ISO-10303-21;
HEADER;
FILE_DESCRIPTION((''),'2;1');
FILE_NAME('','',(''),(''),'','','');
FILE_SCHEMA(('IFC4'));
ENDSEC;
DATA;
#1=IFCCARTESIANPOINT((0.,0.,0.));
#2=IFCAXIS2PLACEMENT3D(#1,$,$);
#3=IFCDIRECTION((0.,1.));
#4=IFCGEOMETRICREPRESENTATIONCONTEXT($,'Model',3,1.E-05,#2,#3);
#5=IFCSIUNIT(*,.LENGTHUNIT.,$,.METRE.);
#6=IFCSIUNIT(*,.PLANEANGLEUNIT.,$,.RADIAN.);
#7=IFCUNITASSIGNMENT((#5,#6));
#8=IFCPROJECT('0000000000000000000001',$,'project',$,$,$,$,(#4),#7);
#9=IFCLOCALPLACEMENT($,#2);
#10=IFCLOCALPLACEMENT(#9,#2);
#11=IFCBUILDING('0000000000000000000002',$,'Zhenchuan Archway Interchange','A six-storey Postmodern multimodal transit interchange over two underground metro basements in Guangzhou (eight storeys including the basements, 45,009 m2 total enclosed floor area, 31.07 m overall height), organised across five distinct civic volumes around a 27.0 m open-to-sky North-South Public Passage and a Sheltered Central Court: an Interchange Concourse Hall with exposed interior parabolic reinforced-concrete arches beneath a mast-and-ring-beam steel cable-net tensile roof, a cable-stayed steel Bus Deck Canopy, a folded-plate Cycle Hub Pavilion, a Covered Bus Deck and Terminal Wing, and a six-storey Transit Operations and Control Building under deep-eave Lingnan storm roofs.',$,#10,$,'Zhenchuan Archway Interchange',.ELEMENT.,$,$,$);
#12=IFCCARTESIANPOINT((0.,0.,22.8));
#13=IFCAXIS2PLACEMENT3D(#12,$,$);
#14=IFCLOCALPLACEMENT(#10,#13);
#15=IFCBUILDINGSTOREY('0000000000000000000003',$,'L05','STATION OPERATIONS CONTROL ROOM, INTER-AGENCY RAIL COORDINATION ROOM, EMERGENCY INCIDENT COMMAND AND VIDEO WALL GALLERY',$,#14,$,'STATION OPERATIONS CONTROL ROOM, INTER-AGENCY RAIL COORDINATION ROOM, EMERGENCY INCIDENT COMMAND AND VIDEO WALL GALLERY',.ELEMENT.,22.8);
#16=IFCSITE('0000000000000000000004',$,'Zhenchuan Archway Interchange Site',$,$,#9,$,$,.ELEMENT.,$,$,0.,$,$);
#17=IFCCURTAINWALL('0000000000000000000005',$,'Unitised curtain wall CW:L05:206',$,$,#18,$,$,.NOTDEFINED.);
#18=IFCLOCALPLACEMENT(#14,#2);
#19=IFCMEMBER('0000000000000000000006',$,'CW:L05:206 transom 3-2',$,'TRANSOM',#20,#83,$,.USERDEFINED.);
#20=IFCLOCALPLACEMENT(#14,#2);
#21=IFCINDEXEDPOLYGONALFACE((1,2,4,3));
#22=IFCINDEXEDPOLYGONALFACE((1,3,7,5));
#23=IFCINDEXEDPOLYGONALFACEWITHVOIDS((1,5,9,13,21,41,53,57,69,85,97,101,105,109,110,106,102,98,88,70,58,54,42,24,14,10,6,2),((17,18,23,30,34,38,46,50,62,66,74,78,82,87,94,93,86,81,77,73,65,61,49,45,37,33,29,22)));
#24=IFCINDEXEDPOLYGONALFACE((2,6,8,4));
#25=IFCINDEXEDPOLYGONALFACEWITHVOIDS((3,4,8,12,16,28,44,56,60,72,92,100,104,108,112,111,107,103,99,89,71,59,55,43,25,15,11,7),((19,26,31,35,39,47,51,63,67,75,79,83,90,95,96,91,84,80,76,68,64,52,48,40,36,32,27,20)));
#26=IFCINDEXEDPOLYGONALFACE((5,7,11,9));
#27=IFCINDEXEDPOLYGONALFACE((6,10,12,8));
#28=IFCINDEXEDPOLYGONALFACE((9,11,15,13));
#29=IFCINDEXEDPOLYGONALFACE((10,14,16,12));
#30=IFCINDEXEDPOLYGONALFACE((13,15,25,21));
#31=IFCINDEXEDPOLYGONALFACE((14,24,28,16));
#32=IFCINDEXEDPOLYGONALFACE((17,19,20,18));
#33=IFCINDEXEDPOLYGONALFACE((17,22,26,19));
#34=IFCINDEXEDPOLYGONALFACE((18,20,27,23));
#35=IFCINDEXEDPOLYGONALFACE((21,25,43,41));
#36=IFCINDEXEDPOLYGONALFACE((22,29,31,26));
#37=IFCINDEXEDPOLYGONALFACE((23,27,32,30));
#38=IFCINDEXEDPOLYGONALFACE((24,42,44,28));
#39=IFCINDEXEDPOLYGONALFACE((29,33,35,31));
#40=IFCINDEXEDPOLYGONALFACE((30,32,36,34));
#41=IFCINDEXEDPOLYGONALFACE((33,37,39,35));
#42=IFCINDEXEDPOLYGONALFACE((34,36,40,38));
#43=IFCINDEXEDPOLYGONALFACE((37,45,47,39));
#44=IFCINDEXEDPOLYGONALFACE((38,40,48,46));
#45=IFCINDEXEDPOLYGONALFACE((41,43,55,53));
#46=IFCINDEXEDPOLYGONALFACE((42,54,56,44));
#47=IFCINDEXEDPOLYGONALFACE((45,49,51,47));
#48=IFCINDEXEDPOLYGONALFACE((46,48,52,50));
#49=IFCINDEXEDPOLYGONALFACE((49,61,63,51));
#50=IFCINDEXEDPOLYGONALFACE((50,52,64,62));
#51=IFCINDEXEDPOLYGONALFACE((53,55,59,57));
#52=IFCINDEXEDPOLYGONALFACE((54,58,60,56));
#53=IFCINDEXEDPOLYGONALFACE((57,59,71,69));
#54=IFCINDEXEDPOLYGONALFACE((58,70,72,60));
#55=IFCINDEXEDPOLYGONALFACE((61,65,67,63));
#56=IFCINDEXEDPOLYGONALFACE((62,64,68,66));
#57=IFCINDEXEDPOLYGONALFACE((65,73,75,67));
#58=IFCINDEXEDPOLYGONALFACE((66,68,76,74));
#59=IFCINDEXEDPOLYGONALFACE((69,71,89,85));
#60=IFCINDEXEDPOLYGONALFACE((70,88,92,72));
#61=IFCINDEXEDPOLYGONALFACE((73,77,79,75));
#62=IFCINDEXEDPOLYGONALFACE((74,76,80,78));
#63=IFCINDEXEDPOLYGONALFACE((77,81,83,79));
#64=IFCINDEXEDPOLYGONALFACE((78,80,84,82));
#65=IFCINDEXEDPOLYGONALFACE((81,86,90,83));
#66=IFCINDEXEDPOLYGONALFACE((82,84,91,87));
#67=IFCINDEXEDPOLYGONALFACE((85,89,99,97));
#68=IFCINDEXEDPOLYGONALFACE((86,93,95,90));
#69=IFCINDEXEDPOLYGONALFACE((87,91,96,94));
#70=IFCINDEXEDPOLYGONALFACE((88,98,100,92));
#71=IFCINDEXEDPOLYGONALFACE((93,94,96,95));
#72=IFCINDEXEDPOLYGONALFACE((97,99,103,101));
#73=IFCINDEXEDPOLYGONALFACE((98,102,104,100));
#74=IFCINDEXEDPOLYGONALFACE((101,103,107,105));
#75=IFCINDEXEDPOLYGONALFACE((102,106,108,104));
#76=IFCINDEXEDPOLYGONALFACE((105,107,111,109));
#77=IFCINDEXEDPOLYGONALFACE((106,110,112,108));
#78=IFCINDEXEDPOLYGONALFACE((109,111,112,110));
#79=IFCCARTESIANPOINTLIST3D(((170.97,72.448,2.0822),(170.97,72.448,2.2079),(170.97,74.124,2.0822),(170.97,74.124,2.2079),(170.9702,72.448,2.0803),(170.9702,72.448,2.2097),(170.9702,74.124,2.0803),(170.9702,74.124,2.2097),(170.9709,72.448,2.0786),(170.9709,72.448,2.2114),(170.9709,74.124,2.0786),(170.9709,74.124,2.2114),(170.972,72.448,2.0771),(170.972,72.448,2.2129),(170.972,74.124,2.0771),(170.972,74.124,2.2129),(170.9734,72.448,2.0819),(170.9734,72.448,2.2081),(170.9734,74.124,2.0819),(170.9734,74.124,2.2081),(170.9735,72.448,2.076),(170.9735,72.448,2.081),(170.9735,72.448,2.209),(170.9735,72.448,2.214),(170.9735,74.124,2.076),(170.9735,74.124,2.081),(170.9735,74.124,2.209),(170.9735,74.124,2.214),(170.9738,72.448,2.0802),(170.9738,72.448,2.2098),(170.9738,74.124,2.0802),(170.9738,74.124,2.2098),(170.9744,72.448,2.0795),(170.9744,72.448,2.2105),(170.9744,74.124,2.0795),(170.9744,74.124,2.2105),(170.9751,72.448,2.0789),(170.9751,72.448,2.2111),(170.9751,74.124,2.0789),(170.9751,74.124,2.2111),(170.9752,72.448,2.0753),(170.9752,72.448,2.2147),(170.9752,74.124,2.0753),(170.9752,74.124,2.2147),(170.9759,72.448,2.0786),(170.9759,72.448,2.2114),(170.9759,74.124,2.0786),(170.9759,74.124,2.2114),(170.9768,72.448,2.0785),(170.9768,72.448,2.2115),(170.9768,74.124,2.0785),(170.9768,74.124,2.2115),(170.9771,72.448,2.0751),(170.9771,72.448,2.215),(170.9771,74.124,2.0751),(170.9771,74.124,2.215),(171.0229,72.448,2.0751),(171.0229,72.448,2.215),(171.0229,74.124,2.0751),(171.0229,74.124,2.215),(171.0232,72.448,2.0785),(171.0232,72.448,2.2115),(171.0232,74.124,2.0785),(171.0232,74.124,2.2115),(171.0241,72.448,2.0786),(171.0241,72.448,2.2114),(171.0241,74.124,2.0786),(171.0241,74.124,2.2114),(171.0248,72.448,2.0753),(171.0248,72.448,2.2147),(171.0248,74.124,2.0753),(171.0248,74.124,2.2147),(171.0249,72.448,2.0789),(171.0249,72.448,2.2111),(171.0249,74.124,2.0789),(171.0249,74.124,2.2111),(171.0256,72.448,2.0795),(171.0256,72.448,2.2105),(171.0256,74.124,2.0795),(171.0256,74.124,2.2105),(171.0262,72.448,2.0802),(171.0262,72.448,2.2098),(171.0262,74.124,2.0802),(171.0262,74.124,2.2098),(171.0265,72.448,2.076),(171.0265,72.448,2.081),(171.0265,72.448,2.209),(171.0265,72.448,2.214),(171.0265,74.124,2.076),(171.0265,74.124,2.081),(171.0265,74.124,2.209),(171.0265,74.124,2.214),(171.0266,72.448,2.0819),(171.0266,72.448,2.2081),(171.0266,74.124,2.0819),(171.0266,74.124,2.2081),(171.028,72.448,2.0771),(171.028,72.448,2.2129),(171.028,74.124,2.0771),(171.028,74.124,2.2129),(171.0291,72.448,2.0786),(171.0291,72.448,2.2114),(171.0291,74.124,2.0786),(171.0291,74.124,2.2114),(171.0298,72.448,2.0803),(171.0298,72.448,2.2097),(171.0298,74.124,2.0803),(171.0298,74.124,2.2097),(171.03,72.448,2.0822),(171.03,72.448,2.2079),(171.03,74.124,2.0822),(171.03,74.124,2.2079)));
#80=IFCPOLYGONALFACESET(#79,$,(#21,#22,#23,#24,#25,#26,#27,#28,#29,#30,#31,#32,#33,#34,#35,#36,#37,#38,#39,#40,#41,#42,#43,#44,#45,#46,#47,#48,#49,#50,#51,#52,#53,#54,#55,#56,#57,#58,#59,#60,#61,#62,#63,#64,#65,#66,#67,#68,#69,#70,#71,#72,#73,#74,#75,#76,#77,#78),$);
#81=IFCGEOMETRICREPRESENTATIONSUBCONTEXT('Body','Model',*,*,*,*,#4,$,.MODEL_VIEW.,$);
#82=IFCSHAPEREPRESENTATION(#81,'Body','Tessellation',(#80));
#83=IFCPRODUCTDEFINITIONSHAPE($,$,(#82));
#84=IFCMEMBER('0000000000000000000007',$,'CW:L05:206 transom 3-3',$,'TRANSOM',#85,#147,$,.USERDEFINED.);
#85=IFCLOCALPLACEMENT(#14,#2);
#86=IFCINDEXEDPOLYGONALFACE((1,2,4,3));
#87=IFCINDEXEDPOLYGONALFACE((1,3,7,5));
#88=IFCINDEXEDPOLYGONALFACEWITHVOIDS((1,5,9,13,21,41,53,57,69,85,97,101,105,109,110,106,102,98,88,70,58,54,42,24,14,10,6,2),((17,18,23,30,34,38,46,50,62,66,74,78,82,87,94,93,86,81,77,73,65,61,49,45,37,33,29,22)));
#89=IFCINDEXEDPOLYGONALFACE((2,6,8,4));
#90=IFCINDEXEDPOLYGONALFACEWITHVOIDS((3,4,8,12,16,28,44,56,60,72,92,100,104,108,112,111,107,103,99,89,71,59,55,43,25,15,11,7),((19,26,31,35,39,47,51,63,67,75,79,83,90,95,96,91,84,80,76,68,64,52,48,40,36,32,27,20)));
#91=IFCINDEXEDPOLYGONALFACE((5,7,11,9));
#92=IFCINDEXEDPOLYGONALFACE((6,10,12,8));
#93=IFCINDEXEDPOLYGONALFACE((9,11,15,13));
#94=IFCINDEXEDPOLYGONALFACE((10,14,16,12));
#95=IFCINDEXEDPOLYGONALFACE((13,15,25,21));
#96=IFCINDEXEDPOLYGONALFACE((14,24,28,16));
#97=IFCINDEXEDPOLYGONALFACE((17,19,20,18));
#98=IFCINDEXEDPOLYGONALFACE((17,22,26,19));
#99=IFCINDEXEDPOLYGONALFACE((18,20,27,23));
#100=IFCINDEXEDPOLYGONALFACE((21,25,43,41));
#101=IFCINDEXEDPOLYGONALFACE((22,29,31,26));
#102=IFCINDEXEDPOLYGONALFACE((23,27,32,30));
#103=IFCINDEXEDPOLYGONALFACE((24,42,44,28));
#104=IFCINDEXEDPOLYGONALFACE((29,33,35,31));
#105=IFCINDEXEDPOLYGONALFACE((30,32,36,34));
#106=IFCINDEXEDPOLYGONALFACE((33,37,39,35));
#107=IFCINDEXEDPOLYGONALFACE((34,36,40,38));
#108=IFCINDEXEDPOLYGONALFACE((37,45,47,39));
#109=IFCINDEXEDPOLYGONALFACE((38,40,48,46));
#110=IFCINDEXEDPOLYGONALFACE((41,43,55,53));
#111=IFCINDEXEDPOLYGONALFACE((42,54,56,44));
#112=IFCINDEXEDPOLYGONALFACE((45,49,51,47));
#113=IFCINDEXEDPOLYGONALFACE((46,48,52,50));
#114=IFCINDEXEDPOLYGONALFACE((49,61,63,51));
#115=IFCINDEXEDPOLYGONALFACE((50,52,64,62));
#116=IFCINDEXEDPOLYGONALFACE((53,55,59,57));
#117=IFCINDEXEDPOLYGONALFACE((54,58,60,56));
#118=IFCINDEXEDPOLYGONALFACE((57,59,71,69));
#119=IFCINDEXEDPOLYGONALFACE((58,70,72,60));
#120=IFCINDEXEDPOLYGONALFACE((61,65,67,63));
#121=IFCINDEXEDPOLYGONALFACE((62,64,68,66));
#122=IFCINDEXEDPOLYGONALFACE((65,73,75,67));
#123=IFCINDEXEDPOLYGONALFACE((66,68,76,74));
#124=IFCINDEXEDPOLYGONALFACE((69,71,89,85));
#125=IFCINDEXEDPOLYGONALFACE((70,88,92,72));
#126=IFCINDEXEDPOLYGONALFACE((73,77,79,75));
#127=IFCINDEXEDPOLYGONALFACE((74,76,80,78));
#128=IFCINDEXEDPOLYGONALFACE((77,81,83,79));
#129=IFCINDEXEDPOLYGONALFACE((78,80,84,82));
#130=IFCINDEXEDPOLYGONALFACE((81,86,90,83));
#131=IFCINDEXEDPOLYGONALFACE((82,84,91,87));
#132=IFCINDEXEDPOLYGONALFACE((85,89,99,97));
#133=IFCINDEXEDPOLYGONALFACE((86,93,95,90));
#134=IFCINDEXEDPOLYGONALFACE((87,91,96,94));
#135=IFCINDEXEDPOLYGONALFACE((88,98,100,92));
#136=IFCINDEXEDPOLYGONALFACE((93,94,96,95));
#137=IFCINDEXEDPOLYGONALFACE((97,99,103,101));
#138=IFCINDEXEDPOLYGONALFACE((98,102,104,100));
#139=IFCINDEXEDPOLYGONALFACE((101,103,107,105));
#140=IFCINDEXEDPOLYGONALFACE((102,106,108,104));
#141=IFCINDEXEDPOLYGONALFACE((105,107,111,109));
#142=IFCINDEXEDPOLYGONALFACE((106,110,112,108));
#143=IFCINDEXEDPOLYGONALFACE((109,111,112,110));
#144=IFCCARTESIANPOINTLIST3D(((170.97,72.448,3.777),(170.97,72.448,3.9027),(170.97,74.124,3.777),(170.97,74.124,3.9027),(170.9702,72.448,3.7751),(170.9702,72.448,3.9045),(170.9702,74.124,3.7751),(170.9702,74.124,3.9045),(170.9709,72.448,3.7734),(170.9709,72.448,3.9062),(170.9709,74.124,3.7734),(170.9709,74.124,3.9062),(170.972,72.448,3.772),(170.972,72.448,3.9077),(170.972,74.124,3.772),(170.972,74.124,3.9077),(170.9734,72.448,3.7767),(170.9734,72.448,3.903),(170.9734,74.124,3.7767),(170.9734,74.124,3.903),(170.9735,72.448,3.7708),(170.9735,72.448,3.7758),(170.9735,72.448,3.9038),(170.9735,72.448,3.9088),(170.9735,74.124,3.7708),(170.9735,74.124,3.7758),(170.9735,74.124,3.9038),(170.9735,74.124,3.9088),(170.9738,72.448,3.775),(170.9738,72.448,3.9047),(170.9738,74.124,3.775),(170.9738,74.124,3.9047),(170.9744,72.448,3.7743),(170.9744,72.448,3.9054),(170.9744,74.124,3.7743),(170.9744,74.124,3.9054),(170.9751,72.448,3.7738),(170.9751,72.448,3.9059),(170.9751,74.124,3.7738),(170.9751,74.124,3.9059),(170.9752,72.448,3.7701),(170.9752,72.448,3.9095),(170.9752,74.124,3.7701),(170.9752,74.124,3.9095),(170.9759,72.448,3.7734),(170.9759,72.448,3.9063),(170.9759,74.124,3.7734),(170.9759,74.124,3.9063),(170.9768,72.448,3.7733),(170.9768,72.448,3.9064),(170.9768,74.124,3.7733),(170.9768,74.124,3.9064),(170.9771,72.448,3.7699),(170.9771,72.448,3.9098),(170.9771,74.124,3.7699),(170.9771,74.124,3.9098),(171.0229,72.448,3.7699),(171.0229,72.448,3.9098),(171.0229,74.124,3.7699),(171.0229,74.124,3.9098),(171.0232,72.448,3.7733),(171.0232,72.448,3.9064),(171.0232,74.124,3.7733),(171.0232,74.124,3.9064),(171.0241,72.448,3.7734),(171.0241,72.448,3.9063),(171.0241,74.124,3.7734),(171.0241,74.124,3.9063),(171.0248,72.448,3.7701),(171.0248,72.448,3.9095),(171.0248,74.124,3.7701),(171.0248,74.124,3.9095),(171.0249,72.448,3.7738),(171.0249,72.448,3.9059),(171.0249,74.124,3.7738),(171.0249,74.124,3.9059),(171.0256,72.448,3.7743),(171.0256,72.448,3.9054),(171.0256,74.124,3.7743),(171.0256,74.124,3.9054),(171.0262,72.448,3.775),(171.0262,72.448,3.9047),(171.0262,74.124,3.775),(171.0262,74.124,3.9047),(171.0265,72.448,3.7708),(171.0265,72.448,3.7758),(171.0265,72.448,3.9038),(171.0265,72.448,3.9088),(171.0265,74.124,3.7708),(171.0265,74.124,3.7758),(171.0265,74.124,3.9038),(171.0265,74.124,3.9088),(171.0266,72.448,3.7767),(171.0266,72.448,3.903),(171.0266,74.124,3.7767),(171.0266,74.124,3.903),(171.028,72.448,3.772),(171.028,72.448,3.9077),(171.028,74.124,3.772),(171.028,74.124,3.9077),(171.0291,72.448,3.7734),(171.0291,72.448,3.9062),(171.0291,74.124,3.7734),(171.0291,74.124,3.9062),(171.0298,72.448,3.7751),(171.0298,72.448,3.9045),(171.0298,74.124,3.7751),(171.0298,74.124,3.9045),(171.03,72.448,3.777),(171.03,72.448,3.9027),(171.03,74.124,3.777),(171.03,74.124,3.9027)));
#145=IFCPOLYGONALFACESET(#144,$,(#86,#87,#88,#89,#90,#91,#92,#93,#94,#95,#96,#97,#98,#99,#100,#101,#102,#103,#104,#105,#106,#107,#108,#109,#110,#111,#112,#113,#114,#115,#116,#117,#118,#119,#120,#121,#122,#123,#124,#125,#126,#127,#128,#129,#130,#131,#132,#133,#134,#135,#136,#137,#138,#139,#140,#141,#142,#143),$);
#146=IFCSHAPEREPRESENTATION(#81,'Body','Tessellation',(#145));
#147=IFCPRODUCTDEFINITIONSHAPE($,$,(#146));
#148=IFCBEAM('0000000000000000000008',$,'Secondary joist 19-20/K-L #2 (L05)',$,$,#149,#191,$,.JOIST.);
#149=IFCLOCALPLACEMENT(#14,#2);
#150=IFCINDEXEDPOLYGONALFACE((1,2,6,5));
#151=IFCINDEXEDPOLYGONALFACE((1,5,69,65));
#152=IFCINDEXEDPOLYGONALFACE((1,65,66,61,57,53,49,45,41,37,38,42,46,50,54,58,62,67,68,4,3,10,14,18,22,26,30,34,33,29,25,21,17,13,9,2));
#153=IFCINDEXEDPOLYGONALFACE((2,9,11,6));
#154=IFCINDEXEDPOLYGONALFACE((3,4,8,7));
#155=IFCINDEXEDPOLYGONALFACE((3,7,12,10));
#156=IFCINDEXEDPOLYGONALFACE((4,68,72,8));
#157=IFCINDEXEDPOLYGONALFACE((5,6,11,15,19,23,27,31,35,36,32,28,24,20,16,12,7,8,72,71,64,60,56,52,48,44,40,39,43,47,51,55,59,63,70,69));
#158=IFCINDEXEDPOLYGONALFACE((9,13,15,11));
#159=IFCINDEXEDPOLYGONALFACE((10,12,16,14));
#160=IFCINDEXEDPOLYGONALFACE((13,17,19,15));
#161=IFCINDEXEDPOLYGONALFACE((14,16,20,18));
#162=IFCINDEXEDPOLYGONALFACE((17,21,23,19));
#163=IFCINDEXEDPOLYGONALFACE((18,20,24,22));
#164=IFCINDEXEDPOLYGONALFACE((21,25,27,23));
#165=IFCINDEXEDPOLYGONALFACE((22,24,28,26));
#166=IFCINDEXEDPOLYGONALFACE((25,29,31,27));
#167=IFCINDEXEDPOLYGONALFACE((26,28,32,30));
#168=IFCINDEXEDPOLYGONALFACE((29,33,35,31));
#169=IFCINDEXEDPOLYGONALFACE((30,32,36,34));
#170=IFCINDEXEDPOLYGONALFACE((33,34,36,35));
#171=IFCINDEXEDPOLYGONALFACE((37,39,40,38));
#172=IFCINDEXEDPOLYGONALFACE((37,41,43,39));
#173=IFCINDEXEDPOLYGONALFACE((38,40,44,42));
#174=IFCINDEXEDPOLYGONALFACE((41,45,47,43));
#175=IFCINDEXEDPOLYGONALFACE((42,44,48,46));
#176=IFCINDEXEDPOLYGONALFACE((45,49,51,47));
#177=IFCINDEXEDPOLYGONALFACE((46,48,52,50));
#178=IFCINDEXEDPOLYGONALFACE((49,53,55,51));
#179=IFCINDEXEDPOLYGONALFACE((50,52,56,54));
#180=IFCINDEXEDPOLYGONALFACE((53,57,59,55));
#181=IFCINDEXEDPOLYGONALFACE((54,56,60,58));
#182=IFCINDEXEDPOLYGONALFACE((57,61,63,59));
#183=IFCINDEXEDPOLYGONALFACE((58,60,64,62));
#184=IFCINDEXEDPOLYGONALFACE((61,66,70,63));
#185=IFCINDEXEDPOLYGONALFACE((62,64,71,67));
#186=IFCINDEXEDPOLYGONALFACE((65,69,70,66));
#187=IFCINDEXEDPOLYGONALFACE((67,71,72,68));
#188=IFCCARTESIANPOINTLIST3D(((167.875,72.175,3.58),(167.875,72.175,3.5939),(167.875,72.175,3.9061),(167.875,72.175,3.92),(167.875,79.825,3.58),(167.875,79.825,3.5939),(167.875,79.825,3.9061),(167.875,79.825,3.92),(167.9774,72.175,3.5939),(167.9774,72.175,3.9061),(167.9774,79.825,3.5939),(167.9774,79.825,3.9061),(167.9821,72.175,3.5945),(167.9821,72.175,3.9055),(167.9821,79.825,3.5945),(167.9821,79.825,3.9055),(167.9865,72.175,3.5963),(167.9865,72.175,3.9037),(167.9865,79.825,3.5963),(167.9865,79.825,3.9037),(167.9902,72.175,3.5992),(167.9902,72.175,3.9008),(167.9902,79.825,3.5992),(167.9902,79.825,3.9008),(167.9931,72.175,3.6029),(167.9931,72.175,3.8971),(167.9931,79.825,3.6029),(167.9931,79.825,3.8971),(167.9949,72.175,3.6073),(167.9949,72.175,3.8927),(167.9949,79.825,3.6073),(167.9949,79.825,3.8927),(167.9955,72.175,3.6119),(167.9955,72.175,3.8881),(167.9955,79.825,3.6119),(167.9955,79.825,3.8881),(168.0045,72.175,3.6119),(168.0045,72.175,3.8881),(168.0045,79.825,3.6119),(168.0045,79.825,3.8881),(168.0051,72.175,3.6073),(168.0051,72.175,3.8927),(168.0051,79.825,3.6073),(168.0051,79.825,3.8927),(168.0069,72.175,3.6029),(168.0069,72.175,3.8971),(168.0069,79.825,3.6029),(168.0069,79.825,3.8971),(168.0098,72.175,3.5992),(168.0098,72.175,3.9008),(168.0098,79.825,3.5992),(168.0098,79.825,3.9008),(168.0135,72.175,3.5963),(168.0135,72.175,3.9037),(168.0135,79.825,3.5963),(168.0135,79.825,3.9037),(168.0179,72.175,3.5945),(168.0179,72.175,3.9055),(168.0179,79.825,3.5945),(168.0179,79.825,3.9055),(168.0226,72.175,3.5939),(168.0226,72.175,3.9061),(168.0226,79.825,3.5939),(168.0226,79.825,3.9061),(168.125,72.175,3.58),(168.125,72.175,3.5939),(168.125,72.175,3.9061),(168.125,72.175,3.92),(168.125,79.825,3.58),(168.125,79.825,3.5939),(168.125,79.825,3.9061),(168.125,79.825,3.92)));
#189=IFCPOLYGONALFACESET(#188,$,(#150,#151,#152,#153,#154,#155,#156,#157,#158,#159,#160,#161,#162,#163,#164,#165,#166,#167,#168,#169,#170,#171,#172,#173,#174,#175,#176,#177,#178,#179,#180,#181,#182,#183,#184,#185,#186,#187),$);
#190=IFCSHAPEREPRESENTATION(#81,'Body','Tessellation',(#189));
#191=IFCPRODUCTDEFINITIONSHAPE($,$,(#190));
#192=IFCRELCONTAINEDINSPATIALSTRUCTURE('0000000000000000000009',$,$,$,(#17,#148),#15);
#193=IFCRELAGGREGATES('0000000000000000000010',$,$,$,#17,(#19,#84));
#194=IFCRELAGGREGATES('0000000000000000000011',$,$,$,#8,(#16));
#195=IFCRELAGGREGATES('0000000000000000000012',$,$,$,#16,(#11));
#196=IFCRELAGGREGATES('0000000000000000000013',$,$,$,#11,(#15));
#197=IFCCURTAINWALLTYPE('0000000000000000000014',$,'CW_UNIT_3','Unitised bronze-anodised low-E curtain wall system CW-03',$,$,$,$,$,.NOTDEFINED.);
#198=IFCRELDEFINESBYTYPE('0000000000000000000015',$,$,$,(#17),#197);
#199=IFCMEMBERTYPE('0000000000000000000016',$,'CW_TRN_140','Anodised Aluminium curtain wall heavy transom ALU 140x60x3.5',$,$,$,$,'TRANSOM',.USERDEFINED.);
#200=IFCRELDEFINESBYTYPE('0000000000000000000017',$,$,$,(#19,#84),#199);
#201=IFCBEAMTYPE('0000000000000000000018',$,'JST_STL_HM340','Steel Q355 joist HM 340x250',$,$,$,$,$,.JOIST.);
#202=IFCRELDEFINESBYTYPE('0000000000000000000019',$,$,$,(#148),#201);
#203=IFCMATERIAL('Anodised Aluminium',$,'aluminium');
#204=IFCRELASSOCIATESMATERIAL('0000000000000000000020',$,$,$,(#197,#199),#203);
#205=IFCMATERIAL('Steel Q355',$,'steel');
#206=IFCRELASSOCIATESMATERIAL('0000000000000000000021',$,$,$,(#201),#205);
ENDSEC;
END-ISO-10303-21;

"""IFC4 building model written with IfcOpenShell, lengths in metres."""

from ifc_helpers import new_model, si_unit, direction, frame, origin, origin_2d, place, context, subcontext, project, spatial, hollow_rectangle, i_section, extrude, material, material_profile, profile_set, type_object, element, aggregate, save


model = new_model("IFC4")

# Units and contexts
model_context = context("Model", 3, precision=1e-05, world=origin(), true_north=direction((0.0, 1.0)))
body_context = subcontext(model_context, "Body", "Model", "MODEL_VIEW")
ifc_project = project(units=[si_unit("LENGTHUNIT", "METRE"), si_unit("PLANEANGLEUNIT", "RADIAN")], contexts=[model_context])

# Site, building, storey
site_placement = place(None, origin())
site = spatial("IfcSite", under=ifc_project, at=site_placement, Name="Zhenchuan Archway Interchange Site", CompositionType="ELEMENT", RefElevation=0.0)
building_placement = place(site_placement, origin())
building = spatial("IfcBuilding", under=site, at=building_placement, Name="Zhenchuan Archway Interchange", Description="A six-storey Postmodern multimodal transit interchange over two underground metro basements in Guangzhou (eight storeys including the basements, 45,009 m2 total enclosed floor area, 31.07 m overall height), organised across five distinct civic volumes around a 27.0 m open-to-sky North-South Public Passage and a Sheltered Central Court: an Interchange Concourse Hall with exposed interior parabolic reinforced-concrete arches beneath a mast-and-ring-beam steel cable-net tensile roof, a cable-stayed steel Bus Deck Canopy, a folded-plate Cycle Hub Pavilion, a Covered Bus Deck and Terminal Wing, and a six-storey Transit Operations and Control Building under deep-eave Lingnan storm roofs.", LongName="Zhenchuan Archway Interchange", CompositionType="ELEMENT")
storey_placement = place(building_placement, frame((0.0, 0.0, 22.8)))
storey = spatial("IfcBuildingStorey", under=building, at=storey_placement, Name="L05", Description="STATION OPERATIONS CONTROL ROOM, INTER-AGENCY RAIL COORDINATION ROOM, EMERGENCY INCIDENT COMMAND AND VIDEO WALL GALLERY", LongName="STATION OPERATIONS CONTROL ROOM, INTER-AGENCY RAIL COORDINATION ROOM, EMERGENCY INCIDENT COMMAND AND VIDEO WALL GALLERY", CompositionType="ELEMENT", Elevation=22.8)

# Shared definitions
ifc_material_1 = material(Name="Steel Q355", Category="steel")

# Curtain wall, members
ifc_material_2 = material(Name="Anodised Aluminium", Category="aluminium")
curtain_wall_type = type_object("IfcCurtainWallType", Name="CW_UNIT_3", Description="Unitised bronze-anodised low-E curtain wall system CW-03", PredefinedType="NOTDEFINED", material=ifc_material_2)
curtain_wall_placement = place(storey_placement, origin())
curtain_wall = element("IfcCurtainWall", 1, at=curtain_wall_placement, inside=storey, type_object=curtain_wall_type, Name="Unitised curtain wall CW:L05:206", PredefinedType="NOTDEFINED")
ifc_material_profile_1 = material_profile(ifc_material_2, hollow_rectangle(XDim=0.0601, YDim=0.1399, WallThickness=0.0034, InnerFilletRadius=0.0034, OuterFilletRadius=0.0071, at=origin_2d()), Name="ALU 140x60x3.5")
ifc_profile_set_1 = profile_set([ifc_material_profile_1], Name="Anodised Aluminium")
member_type_1 = type_object("IfcMemberType", Name="CW_TRN_140", Description="Anodised Aluminium curtain wall heavy transom ALU 140x60x3.5", ElementType="TRANSOM", PredefinedType="USERDEFINED", material=ifc_profile_set_1)
member_1_placement = place(storey_placement, frame((171.0, 74.124, 2.145), z_axis=(0.0, -1.0, 0.0), x_axis=(1.0, 0.0, 0.0)))
member_1 = element("IfcMember", 2, at=member_1_placement, type_object=member_type_1, Name="CW:L05:206 transom 3-2", ObjectType="TRANSOM", PredefinedType="USERDEFINED", context=body_context, shape_type="SweptSolid", body=[
    extrude(hollow_rectangle(XDim=0.0601, YDim=0.1399, WallThickness=0.0034, InnerFilletRadius=0.0034, OuterFilletRadius=0.0071, at=origin_2d()), origin(), (0.0, 0.0, 1.0), 1.676),
])
member_2_placement = place(storey_placement, frame((171.0, 74.124, 3.8398), z_axis=(0.0, -1.0, 0.0), x_axis=(1.0, 0.0, 0.0)))
member_2 = element("IfcMember", 3, at=member_2_placement, type_object=member_type_1, Name="CW:L05:206 transom 3-3", ObjectType="TRANSOM", PredefinedType="USERDEFINED", context=body_context, shape_type="SweptSolid", body=[
    extrude(hollow_rectangle(XDim=0.0601, YDim=0.1399, WallThickness=0.0034, InnerFilletRadius=0.0034, OuterFilletRadius=0.0071, at=origin_2d()), origin(), (0.0, 0.0, 1.0), 1.676),
])

# Beam
ifc_material_profile_2 = material_profile(ifc_material_1, i_section(OverallWidth=0.25, OverallDepth=0.3401, WebThickness=0.009, FlangeThickness=0.0139, FilletRadius=0.0181, at=origin_2d()), Name="HM 340x250")
ifc_profile_set_2 = profile_set([ifc_material_profile_2], Name="Steel Q355")
beam_type_1 = type_object("IfcBeamType", Name="JST_STL_HM340", Description="Steel Q355 joist HM 340x250", PredefinedType="JOIST", material=ifc_profile_set_2)
beam_1_placement = place(storey_placement, frame((168.0, 72.175, 3.75), z_axis=(0.0, 1.0, 0.0), x_axis=(-1.0, 0.0, 0.0)))
element("IfcBeam", 4, at=beam_1_placement, inside=storey, type_object=beam_type_1, Name="Secondary joist 19-20/K-L #2 (L05)", PredefinedType="JOIST", context=body_context, shape_type="SweptSolid", body=[
    extrude(i_section(OverallWidth=0.25, OverallDepth=0.3401, WebThickness=0.009, FlangeThickness=0.0139, FilletRadius=0.0181, at=origin_2d()), origin(), (0.0, 0.0, 1.0), 7.6499),
])

aggregate(curtain_wall, [member_1, member_2])

save(model, "model.ifc")
